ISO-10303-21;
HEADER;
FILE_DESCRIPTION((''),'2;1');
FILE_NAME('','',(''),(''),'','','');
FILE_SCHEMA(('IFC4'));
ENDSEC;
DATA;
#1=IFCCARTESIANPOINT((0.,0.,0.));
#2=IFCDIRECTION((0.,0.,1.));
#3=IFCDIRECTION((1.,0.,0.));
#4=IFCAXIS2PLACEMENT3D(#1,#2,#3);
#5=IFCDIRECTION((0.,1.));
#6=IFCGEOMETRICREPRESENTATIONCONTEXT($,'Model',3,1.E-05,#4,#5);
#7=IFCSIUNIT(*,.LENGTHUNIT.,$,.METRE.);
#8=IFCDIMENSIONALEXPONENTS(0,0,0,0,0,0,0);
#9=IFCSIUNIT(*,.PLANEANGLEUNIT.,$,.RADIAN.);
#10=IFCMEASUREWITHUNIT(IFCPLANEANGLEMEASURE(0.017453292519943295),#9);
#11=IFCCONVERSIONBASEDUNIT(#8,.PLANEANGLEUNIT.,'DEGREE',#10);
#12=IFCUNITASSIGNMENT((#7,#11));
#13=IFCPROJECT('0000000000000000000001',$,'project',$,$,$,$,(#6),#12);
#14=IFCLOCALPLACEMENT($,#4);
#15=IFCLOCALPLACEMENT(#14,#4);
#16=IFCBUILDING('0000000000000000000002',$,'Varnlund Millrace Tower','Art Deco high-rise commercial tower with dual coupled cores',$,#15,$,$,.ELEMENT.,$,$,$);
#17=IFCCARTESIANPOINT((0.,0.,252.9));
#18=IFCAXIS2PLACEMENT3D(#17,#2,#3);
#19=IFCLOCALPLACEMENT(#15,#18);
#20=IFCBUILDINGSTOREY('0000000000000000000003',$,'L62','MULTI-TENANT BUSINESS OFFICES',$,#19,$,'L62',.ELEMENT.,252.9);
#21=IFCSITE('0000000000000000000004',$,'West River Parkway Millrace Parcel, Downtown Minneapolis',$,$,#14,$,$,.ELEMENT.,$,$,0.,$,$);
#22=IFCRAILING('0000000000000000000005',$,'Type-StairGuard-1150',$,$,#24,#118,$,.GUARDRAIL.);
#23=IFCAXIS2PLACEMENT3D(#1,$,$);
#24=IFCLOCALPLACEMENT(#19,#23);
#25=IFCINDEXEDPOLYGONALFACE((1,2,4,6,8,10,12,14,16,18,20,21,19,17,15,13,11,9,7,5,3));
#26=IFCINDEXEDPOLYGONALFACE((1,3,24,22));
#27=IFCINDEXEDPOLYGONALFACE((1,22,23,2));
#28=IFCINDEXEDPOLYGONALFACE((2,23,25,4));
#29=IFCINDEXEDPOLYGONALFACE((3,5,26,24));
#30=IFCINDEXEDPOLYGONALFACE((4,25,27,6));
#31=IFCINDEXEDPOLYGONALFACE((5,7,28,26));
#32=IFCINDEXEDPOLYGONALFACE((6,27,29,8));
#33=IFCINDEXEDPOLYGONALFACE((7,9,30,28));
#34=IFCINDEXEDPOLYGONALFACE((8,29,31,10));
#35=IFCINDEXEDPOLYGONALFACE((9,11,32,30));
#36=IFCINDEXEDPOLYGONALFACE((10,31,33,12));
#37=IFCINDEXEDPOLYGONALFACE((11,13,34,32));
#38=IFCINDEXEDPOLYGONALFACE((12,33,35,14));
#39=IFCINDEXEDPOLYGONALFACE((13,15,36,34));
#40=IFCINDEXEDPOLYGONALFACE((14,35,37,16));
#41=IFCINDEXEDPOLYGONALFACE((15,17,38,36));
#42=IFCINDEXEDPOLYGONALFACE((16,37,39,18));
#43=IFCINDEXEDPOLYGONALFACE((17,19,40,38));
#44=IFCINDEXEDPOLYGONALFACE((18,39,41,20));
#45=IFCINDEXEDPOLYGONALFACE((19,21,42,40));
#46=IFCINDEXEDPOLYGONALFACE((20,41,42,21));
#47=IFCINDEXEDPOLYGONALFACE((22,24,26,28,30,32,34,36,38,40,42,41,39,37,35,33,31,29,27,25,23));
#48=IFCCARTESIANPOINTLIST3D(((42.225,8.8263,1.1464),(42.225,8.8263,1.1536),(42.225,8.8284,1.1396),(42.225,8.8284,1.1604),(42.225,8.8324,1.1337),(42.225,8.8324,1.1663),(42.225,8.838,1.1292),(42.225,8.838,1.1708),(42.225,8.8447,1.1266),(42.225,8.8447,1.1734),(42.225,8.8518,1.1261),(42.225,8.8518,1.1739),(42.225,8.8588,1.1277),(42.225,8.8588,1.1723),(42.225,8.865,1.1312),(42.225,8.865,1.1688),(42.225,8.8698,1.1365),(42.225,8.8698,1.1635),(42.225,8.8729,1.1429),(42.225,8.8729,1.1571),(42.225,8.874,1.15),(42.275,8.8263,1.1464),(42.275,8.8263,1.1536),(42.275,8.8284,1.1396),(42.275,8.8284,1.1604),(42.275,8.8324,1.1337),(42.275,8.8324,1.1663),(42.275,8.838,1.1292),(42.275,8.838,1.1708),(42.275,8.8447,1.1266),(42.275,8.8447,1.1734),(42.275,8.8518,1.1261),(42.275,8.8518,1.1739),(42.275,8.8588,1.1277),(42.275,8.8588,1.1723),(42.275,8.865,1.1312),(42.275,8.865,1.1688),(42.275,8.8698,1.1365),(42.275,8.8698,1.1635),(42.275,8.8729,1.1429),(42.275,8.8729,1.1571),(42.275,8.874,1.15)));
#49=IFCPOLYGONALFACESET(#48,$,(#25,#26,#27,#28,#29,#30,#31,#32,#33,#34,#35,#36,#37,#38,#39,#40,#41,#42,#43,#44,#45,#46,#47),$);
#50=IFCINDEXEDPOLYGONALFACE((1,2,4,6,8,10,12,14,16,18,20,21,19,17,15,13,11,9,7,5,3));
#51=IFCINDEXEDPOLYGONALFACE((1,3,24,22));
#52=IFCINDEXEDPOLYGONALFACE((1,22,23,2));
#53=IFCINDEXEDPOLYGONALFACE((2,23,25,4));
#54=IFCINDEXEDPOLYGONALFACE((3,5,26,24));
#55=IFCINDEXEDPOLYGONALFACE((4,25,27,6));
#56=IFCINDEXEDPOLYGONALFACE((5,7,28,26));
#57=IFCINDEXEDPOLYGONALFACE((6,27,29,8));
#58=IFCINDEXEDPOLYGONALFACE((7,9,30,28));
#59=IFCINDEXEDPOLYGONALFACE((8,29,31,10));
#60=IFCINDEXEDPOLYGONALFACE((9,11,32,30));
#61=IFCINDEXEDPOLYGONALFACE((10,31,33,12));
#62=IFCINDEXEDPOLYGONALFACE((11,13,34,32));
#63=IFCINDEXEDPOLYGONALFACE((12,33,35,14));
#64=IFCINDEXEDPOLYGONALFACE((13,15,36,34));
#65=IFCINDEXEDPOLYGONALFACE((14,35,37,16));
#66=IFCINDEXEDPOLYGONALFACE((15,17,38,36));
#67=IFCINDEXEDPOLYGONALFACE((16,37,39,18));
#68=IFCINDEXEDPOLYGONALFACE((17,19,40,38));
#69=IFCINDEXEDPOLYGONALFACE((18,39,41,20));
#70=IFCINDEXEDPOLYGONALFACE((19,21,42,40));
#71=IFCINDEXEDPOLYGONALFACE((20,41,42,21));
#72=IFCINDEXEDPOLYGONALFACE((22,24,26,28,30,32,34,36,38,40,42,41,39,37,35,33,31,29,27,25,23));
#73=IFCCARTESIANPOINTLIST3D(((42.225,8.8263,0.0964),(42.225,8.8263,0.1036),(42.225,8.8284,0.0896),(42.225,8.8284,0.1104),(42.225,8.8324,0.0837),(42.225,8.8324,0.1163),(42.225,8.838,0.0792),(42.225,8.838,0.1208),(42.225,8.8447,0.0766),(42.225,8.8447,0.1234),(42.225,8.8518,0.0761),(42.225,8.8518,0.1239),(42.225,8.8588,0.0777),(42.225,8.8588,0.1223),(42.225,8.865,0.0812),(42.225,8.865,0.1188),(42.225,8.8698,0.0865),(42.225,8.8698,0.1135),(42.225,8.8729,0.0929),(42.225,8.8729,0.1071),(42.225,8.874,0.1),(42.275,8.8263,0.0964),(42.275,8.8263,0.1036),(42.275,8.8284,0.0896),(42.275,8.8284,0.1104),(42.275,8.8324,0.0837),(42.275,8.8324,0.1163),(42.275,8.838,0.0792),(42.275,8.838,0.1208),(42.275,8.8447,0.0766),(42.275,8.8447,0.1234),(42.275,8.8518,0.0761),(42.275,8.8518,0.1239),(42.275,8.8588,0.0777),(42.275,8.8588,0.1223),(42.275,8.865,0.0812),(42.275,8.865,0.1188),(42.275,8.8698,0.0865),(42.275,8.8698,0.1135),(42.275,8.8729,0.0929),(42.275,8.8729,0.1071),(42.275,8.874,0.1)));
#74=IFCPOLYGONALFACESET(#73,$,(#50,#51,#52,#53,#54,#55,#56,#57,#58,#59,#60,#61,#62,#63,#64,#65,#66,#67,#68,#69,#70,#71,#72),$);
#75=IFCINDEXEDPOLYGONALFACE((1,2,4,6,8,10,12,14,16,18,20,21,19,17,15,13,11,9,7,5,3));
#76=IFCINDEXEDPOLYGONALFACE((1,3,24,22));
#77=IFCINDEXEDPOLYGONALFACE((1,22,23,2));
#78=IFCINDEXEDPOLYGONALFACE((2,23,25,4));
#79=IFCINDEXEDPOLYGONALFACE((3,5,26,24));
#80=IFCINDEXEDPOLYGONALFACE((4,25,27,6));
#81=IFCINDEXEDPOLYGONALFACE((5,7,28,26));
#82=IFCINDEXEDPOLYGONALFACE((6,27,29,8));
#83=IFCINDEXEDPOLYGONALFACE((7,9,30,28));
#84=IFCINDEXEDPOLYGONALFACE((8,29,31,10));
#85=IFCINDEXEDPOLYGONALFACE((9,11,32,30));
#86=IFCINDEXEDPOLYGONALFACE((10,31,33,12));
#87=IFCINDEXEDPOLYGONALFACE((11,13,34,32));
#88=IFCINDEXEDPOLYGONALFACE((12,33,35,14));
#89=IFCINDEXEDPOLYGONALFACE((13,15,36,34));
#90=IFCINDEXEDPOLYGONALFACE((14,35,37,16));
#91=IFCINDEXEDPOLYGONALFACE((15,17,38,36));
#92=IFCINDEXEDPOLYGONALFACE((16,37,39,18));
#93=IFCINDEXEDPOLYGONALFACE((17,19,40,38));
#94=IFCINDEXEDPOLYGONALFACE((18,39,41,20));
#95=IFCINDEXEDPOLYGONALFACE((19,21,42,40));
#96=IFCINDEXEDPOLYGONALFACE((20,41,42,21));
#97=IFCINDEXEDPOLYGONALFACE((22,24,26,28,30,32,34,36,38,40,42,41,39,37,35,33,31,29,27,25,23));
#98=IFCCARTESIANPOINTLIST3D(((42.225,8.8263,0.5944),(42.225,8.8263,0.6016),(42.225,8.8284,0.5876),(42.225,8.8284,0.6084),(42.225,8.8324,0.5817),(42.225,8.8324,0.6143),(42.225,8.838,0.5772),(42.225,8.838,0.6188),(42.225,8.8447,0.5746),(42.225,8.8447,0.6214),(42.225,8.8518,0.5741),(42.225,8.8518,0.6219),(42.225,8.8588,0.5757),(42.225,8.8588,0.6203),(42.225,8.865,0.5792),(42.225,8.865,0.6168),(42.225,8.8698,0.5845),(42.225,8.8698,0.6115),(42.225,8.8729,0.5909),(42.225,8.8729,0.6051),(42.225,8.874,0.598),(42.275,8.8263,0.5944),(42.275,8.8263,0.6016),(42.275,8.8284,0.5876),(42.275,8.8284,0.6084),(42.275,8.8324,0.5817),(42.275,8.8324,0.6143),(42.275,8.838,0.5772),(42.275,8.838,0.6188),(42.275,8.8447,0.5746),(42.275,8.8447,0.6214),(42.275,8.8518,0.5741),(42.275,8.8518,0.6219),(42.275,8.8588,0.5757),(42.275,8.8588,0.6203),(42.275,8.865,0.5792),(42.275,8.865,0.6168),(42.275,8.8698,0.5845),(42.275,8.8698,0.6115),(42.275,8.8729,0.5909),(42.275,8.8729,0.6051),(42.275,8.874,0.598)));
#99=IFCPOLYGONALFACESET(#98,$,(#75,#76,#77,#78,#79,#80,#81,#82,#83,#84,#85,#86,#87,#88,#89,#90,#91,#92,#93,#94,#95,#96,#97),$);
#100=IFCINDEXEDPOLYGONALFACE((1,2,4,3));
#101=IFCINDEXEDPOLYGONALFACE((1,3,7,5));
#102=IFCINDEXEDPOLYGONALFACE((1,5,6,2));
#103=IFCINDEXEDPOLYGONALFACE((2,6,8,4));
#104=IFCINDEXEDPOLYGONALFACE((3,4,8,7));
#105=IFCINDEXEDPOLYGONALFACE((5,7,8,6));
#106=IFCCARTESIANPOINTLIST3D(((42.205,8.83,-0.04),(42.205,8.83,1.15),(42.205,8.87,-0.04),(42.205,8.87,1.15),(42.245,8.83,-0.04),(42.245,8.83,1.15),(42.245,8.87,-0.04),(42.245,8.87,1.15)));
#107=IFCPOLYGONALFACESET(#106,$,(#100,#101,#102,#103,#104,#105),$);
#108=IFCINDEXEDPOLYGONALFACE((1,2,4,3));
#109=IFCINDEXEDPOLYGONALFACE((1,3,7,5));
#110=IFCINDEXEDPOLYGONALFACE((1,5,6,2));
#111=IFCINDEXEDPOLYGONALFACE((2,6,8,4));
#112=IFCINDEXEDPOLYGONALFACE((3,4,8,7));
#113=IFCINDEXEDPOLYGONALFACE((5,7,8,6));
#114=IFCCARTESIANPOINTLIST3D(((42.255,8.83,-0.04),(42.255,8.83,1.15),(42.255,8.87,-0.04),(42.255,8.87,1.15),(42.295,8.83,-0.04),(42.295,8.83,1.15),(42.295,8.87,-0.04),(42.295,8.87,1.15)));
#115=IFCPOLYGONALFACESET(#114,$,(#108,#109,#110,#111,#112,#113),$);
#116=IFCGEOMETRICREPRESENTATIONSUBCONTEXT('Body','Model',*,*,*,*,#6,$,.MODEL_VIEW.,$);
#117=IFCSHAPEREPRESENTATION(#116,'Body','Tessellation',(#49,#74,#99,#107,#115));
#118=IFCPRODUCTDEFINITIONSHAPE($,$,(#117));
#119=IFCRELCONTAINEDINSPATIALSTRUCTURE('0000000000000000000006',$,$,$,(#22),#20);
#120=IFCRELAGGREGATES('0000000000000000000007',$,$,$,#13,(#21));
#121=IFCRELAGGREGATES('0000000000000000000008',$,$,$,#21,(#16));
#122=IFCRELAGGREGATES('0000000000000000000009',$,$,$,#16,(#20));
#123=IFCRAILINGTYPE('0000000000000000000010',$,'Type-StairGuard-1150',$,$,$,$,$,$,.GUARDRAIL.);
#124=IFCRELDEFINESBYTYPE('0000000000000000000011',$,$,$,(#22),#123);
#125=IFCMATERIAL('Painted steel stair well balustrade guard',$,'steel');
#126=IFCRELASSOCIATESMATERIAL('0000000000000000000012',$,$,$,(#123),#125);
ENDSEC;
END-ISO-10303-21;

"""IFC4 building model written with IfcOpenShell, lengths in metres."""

from ifc_helpers import new_model, entity, si_unit, converted_unit, direction, frame, origin_with_axes, origin_2d_with_axis, place, context, subcontext, project, spatial, rectangle, circle, extrude, material, type_object, element, save


model = new_model("IFC4")

# Units and contexts
model_context = context("Model", 3, precision=1e-05, world=origin_with_axes(), true_north=direction((0.0, 1.0)))
body_context = subcontext(model_context, "Body", "Model", "MODEL_VIEW")
ifc_project = project(units=[si_unit("LENGTHUNIT", "METRE"), converted_unit("PLANEANGLEUNIT", "DEGREE", entity("IfcPlaneAngleMeasure", 0.017453292519943295), si_unit("PLANEANGLEUNIT", "RADIAN"), dimensions=[0, 0, 0, 0, 0, 0, 0])], contexts=[model_context])

# Site, building, storey
site_placement = place(None, origin_with_axes())
site = spatial("IfcSite", under=ifc_project, at=site_placement, Name="West River Parkway Millrace Parcel, Downtown Minneapolis", CompositionType="ELEMENT", RefElevation=0.0)
building_placement = place(site_placement, origin_with_axes())
building = spatial("IfcBuilding", under=site, at=building_placement, Name="Varnlund Millrace Tower", Description="Art Deco high-rise commercial tower with dual coupled cores", CompositionType="ELEMENT")
storey_placement = place(building_placement, frame((0.0, 0.0, 252.9), z_axis=(0.0, 0.0, 1.0), x_axis=(1.0, 0.0, 0.0)))
storey = spatial("IfcBuildingStorey", under=building, at=storey_placement, Name="L62", Description="MULTI-TENANT BUSINESS OFFICES", LongName="L62", CompositionType="ELEMENT", Elevation=252.9)

# Railing
ifc_material_1 = material(Name="Painted steel stair well balustrade guard", Category="steel")
railing_type_1 = type_object("IfcRailingType", Name="Type-StairGuard-1150", PredefinedType="GUARDRAIL", material=ifc_material_1)
railing_1_placement = place(storey_placement, frame((0.0, 0.0, -252.9), z_axis=(0.0, 0.0, 1.0), x_axis=(1.0, 0.0, 0.0)))
element("IfcRailing", 1, at=railing_1_placement, inside=storey, type_object=railing_type_1, Name="Type-StairGuard-1150", PredefinedType="GUARDRAIL", context=body_context, shape_type="SweptSolid", body=[
    extrude(circle(Radius=0.024, at=origin_2d_with_axis()), frame((42.225, 8.85, 254.05), z_axis=(1.0, 0.0, 0.0), x_axis=(0.0, 1.0, 0.0)), (0.0, 0.0, 1.0), 0.05),
    extrude(circle(Radius=0.024, at=origin_2d_with_axis()), frame((42.225, 8.85, 253.0), z_axis=(1.0, 0.0, 0.0), x_axis=(0.0, 1.0, 0.0)), (0.0, 0.0, 1.0), 0.05),
    extrude(circle(Radius=0.024, at=origin_2d_with_axis()), frame((42.225, 8.85, 253.498), z_axis=(1.0, 0.0, 0.0), x_axis=(0.0, 1.0, 0.0)), (0.0, 0.0, 1.0), 0.05),
    extrude(rectangle(XDim=0.04, YDim=0.04, at=origin_2d_with_axis()), frame((42.225, 8.85, 252.86), z_axis=(0.0, 0.0, 1.0), x_axis=(1.0, 0.0, 0.0)), (0.0, 0.0, 1.0), 1.19),
    extrude(rectangle(XDim=0.04, YDim=0.04, at=origin_2d_with_axis()), frame((42.275, 8.85, 252.86), z_axis=(0.0, 0.0, 1.0), x_axis=(1.0, 0.0, 0.0)), (0.0, 0.0, 1.0), 1.19),
])

save(model, "model.ifc")
